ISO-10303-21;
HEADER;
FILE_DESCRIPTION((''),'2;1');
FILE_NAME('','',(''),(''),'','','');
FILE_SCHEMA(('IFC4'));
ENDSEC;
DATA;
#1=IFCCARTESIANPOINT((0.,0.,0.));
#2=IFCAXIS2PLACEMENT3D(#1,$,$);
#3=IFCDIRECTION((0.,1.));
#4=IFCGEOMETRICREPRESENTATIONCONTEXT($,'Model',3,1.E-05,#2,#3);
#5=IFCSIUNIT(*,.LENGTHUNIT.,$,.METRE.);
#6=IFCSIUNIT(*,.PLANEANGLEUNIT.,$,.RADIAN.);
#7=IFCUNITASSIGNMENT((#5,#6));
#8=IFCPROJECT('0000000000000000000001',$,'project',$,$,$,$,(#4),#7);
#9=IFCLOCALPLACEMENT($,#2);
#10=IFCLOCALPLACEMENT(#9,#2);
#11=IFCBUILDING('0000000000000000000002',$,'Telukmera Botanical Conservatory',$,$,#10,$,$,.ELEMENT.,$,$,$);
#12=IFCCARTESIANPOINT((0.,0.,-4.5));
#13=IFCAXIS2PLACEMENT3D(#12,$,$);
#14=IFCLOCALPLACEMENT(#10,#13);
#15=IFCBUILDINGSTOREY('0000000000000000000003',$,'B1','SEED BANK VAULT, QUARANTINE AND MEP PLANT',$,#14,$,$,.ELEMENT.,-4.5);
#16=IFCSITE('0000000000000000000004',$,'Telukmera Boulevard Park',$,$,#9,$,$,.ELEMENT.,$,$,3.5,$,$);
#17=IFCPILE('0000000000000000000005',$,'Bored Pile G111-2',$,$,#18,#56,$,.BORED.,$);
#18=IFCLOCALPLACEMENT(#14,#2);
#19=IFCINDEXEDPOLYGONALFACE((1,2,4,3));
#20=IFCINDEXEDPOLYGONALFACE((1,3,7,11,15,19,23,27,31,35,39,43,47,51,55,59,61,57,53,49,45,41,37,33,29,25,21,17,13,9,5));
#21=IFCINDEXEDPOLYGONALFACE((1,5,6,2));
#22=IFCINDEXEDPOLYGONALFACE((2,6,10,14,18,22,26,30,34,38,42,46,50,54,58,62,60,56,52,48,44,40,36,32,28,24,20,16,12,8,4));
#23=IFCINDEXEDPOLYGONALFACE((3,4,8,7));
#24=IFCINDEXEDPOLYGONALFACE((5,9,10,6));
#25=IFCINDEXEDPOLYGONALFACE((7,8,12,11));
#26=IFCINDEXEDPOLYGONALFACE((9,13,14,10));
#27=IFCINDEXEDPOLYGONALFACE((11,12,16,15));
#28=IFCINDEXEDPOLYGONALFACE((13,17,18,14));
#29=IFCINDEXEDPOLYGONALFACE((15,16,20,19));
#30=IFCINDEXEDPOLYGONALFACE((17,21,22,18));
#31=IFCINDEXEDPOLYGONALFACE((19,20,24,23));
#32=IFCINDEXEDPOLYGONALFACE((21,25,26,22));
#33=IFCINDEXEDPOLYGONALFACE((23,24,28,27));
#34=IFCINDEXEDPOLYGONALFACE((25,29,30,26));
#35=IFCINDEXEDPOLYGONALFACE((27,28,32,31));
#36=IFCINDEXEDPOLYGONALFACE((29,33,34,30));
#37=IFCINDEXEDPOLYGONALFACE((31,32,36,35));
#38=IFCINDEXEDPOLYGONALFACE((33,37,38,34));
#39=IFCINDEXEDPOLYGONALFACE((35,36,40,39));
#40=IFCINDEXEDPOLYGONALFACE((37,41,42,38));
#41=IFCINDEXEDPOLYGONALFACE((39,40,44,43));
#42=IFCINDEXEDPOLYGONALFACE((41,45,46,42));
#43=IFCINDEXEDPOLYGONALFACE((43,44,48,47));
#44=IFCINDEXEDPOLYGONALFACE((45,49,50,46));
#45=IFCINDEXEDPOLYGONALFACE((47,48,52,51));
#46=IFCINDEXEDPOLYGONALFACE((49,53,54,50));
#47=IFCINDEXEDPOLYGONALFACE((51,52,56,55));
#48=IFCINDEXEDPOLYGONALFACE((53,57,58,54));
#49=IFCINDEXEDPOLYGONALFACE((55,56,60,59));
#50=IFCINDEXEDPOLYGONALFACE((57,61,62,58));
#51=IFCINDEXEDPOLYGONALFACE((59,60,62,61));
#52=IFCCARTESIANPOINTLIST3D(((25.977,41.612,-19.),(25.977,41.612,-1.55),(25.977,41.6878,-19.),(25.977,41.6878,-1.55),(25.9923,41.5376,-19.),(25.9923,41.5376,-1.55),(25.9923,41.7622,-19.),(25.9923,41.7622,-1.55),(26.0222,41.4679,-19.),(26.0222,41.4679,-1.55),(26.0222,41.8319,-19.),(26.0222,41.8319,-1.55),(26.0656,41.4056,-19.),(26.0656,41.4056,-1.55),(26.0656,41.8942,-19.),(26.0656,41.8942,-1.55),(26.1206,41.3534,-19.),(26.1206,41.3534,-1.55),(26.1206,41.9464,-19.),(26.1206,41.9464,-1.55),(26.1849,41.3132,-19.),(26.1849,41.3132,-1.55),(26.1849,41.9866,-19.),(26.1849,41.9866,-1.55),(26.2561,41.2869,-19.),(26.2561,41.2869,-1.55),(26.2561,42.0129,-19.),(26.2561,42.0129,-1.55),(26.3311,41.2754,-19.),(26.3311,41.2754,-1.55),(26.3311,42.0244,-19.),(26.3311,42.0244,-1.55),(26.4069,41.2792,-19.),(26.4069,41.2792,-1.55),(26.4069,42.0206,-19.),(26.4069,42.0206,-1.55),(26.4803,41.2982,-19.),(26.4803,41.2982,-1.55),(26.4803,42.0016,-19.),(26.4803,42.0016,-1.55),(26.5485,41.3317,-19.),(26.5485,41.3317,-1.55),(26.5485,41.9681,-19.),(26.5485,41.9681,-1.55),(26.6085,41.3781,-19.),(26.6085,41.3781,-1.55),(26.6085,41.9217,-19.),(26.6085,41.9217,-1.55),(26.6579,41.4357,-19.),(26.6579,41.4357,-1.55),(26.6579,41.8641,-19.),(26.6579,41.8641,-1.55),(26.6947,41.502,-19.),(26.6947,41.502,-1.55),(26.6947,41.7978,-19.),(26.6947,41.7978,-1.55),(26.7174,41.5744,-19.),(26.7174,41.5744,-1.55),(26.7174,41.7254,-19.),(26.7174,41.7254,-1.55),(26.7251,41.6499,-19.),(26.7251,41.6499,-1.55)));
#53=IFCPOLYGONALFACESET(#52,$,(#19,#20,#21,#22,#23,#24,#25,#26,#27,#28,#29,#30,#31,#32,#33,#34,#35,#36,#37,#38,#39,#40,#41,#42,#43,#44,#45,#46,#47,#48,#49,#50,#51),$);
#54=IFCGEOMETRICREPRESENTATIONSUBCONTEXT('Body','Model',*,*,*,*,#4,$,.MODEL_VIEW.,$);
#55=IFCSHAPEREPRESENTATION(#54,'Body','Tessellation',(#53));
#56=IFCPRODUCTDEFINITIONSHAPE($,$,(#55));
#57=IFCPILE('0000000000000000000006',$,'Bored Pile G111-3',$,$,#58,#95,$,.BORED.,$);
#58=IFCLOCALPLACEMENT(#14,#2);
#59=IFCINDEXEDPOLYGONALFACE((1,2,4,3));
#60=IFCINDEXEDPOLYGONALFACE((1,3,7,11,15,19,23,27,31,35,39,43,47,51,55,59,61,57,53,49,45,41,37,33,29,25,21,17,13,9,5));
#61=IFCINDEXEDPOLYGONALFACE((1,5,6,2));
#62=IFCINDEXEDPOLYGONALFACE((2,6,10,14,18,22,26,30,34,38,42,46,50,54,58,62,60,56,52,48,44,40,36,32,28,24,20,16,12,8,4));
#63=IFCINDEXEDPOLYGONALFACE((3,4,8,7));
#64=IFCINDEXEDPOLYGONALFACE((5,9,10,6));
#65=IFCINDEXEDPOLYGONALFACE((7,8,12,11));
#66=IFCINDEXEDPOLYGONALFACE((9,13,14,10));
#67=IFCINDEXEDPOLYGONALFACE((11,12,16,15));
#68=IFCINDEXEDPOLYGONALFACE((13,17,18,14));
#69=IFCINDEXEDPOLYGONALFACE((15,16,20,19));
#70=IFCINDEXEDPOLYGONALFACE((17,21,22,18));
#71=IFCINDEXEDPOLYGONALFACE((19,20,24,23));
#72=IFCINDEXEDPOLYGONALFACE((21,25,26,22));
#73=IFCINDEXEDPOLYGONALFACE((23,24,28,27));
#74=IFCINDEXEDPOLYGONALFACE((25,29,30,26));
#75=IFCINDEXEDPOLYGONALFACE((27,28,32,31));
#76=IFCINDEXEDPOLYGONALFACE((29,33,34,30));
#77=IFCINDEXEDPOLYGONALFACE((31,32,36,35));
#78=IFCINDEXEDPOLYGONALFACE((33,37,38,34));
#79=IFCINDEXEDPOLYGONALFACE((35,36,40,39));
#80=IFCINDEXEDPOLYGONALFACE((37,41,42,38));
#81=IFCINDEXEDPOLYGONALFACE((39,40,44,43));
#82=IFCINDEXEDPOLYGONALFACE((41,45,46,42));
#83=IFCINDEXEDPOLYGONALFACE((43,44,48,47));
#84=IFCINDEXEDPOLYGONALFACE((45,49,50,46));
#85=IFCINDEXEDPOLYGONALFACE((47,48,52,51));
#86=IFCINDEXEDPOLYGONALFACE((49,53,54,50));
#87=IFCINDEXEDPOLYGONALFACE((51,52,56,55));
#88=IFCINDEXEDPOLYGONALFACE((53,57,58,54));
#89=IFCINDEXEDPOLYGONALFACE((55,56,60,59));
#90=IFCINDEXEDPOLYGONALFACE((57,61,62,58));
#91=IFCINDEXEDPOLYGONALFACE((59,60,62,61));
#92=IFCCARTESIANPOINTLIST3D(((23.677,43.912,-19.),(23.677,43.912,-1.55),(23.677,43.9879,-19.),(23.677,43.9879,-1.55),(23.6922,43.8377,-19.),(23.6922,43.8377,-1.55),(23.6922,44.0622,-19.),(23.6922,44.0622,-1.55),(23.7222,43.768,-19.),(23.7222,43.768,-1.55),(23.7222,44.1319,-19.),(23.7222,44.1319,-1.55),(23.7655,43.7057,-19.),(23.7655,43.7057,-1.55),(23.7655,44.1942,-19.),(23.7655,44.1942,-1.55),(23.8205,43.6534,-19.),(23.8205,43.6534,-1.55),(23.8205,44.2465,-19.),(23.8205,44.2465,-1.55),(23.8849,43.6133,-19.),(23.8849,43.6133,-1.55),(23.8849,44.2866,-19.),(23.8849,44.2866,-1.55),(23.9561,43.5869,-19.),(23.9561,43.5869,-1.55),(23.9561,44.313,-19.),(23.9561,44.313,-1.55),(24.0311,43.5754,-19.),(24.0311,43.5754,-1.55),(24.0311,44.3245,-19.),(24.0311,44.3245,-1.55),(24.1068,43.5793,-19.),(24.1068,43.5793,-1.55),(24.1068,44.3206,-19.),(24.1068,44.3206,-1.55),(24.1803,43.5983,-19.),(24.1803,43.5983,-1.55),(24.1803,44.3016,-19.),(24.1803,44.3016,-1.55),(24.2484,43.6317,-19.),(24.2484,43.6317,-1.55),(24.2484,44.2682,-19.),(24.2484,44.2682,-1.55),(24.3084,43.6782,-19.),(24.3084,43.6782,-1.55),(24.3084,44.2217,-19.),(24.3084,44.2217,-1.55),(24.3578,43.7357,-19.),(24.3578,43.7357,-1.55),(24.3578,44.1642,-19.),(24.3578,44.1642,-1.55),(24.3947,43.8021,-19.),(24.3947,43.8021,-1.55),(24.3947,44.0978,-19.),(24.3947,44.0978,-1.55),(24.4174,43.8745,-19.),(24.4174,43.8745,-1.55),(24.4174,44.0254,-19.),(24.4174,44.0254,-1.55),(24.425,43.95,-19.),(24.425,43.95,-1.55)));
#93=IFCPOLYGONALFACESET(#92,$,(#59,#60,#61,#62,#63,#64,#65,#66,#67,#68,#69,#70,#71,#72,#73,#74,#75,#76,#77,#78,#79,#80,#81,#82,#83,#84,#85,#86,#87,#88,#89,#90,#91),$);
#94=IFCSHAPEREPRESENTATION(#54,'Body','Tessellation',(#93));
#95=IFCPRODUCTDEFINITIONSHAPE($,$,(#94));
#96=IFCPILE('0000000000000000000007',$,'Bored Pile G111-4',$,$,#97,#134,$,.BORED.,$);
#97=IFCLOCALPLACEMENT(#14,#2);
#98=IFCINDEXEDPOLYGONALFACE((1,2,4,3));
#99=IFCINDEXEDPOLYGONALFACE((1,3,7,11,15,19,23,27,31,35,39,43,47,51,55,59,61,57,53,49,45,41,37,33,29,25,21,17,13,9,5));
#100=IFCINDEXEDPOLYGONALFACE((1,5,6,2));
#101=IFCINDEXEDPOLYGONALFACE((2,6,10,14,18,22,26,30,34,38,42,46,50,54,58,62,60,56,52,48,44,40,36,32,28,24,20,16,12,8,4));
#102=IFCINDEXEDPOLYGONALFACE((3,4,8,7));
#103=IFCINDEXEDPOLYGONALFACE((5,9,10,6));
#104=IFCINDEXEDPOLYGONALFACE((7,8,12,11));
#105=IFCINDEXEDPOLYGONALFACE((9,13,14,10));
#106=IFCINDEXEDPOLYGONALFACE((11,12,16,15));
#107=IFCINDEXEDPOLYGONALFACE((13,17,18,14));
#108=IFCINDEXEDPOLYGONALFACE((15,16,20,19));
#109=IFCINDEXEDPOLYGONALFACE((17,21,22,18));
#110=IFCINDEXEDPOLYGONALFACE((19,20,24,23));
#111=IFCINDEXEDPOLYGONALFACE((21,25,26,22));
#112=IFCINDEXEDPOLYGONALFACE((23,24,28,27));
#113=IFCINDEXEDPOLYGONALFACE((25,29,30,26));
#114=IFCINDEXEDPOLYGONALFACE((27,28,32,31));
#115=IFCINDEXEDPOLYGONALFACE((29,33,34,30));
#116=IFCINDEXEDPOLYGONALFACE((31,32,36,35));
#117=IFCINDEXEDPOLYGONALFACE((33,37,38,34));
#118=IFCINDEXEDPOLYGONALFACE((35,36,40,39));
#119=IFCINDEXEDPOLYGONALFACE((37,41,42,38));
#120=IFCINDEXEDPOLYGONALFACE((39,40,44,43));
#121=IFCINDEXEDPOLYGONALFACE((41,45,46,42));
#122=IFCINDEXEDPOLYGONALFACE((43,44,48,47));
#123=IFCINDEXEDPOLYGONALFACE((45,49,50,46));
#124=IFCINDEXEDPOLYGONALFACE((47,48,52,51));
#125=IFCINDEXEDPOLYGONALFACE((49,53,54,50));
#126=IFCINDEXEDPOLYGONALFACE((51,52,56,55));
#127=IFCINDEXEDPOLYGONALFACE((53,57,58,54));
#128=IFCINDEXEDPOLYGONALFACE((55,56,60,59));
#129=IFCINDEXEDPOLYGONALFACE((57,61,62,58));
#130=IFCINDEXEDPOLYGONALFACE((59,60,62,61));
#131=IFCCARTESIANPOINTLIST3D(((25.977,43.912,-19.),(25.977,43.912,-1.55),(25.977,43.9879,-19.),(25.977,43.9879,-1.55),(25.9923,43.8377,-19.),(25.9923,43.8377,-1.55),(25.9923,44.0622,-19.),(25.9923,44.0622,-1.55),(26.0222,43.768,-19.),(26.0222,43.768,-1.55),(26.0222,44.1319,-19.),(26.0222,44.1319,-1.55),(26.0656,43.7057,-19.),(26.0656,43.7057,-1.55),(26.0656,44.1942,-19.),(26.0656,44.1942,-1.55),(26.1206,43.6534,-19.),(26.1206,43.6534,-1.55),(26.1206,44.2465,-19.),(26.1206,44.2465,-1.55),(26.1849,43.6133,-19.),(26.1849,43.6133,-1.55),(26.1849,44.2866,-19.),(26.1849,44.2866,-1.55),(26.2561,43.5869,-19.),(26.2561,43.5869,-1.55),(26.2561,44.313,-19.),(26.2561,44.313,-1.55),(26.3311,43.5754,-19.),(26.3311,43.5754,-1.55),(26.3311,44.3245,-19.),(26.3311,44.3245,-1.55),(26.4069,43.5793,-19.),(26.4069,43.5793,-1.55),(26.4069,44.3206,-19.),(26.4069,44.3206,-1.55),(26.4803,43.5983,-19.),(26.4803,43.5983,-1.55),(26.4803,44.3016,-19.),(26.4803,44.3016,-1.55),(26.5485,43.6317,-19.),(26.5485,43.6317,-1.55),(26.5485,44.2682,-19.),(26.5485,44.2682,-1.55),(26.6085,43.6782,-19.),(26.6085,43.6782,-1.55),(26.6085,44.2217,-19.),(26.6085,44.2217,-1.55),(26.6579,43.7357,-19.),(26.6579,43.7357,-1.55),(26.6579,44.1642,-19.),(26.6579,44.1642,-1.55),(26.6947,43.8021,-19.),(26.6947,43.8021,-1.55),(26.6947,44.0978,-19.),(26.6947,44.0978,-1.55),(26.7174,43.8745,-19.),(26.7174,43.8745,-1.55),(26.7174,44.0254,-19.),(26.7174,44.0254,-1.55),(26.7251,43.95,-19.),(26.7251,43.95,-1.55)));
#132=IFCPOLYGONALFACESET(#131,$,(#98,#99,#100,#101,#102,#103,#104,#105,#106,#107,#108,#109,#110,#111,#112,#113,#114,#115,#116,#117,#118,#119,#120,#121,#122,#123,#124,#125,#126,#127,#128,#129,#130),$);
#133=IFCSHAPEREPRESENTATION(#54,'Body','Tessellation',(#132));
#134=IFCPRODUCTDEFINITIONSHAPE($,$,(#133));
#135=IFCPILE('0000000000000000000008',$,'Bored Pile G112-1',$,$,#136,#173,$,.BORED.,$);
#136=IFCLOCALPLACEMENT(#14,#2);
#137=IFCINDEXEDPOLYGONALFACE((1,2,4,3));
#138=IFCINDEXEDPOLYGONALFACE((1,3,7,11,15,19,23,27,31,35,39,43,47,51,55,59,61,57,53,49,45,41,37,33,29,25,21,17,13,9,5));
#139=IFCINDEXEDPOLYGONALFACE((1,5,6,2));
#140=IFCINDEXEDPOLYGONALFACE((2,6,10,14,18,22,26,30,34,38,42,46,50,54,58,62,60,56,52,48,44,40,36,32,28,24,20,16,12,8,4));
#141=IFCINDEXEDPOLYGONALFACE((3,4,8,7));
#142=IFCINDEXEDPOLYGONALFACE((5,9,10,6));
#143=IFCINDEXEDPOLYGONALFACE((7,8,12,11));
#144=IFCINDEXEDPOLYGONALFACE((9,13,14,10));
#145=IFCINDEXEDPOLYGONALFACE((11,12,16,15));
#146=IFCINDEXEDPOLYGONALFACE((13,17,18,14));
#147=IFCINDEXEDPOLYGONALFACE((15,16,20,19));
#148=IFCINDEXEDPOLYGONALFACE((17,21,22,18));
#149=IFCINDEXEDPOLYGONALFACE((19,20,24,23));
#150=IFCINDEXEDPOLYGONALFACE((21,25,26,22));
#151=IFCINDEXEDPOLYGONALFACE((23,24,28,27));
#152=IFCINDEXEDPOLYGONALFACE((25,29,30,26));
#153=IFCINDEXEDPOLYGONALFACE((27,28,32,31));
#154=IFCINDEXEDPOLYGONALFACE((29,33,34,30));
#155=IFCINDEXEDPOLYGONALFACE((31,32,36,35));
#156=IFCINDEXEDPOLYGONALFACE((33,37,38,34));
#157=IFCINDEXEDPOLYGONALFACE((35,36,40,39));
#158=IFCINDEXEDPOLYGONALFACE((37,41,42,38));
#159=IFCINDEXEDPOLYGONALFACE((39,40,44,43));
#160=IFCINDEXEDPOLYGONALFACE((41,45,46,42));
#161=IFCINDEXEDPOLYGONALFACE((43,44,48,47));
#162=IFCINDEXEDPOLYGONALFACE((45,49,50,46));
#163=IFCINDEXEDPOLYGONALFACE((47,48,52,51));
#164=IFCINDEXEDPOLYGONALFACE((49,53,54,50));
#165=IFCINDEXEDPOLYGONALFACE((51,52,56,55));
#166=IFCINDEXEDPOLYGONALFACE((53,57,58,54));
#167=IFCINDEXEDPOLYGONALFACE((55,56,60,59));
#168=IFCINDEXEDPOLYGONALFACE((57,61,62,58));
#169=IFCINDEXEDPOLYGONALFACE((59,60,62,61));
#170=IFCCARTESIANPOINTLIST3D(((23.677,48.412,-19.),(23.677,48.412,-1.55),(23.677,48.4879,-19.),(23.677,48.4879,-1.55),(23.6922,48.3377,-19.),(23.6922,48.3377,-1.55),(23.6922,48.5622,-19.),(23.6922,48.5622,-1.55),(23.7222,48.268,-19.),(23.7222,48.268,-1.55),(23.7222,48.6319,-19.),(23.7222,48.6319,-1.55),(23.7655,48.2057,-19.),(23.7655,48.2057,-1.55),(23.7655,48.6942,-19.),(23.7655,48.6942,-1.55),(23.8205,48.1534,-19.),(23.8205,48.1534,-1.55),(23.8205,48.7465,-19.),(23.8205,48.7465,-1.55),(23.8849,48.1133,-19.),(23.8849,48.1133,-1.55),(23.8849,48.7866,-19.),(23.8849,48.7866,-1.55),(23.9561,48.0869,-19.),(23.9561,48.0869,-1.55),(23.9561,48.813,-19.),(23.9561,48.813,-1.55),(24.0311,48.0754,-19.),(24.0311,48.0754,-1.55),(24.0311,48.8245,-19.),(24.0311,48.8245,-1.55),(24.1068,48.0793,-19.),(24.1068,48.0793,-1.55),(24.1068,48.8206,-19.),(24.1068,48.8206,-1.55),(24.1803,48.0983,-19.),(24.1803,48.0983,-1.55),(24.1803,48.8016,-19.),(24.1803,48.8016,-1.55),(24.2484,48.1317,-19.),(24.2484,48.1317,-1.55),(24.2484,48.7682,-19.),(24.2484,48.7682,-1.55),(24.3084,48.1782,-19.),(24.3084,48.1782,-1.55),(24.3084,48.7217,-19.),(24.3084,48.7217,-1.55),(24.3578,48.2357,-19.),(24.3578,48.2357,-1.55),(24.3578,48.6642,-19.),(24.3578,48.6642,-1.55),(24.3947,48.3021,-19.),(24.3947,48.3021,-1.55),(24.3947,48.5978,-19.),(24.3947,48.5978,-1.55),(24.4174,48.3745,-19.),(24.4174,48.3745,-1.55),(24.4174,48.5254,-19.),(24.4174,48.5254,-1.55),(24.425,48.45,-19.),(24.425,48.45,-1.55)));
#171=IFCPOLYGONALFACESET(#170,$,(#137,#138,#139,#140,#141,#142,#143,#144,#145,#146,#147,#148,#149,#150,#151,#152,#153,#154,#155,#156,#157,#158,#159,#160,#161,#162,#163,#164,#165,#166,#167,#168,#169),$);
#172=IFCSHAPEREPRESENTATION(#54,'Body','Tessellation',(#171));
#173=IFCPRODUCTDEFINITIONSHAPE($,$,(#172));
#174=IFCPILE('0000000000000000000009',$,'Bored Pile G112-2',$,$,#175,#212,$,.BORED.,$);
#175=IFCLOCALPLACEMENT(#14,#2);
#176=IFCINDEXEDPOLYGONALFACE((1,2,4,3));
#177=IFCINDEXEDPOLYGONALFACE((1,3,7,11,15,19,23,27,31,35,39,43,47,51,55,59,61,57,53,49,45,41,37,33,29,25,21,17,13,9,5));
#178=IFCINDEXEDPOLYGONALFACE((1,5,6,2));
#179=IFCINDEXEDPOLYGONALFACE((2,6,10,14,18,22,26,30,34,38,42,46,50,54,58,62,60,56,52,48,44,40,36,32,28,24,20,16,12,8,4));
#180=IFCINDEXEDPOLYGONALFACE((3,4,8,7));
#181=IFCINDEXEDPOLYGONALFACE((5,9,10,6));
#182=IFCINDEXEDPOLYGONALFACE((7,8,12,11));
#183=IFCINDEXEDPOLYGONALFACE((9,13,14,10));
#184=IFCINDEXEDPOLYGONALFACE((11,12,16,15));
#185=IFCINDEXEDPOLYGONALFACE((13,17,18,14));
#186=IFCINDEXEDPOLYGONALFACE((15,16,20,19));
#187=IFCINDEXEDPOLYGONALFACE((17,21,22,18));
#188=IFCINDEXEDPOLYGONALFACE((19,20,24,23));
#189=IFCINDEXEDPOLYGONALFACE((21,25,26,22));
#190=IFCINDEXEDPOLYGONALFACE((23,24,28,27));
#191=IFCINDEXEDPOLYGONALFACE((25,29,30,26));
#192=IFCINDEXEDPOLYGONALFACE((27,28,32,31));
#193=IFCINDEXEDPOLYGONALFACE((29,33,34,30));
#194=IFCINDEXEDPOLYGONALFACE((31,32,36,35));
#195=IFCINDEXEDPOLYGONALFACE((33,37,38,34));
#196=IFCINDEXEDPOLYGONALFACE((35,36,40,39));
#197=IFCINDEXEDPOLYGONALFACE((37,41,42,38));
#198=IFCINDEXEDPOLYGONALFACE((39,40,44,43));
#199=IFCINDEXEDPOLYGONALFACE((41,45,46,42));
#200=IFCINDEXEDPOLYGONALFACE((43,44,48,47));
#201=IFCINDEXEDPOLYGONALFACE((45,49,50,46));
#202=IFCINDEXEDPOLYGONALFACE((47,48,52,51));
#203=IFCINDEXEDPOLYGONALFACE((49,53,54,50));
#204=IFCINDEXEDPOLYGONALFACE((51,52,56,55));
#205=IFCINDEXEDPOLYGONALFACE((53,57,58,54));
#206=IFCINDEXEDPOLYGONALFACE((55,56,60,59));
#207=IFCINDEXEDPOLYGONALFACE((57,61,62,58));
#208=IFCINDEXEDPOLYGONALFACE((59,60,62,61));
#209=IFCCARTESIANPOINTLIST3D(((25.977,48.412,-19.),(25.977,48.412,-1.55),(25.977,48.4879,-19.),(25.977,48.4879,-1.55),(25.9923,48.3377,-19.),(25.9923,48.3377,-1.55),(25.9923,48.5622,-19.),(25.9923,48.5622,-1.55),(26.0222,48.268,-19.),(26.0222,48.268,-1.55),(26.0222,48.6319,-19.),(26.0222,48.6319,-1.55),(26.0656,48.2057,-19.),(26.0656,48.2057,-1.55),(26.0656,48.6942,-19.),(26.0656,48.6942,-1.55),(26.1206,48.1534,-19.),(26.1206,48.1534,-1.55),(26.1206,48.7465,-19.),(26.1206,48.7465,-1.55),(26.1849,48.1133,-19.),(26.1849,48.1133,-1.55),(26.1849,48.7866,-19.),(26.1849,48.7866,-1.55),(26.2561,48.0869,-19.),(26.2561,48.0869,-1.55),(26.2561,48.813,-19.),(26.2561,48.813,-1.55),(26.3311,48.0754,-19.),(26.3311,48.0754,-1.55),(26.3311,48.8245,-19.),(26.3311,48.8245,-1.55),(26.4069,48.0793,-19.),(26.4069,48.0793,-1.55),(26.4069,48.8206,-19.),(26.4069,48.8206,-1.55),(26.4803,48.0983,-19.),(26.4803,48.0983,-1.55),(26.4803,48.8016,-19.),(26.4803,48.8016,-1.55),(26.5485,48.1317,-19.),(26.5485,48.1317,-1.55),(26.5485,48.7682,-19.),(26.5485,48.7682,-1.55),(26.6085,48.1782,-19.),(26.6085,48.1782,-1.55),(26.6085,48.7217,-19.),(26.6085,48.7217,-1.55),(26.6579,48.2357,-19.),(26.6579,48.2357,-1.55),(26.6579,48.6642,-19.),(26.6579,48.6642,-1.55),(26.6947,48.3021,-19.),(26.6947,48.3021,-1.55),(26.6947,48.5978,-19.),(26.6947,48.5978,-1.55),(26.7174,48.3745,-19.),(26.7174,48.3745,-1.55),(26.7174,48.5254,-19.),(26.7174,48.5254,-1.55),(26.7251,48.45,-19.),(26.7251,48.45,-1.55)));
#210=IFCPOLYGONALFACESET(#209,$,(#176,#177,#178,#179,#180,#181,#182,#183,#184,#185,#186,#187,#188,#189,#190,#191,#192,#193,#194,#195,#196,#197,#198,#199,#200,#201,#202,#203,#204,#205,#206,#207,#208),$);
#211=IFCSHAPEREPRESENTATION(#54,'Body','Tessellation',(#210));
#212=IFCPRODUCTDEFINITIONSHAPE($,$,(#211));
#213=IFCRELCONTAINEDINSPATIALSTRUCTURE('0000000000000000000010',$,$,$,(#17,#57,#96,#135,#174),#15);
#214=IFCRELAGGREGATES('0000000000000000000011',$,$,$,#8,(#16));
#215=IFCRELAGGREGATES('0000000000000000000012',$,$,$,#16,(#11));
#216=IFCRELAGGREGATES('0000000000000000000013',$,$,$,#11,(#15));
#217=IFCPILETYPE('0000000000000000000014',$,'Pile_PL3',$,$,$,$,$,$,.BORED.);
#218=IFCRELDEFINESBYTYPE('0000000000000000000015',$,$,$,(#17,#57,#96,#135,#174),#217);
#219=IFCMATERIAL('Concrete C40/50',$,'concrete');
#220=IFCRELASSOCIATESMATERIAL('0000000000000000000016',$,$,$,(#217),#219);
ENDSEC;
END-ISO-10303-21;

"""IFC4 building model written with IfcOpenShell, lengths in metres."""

from ifc_helpers import new_model, si_unit, direction, frame, origin, origin_2d, place, context, subcontext, project, spatial, circle, extrude, material, material_profile, profile_set, type_object, element, save


model = new_model("IFC4")

# Units and contexts
model_context = context("Model", 3, precision=1e-05, world=origin(), true_north=direction((0.0, 1.0)))
body_context = subcontext(model_context, "Body", "Model", "MODEL_VIEW")
ifc_project = project(units=[si_unit("LENGTHUNIT", "METRE"), si_unit("PLANEANGLEUNIT", "RADIAN")], contexts=[model_context])

# Site, building, storey
site_placement = place(None, origin())
site = spatial("IfcSite", under=ifc_project, at=site_placement, Name="Telukmera Boulevard Park", CompositionType="ELEMENT", RefElevation=3.5)
building_placement = place(site_placement, origin())
building = spatial("IfcBuilding", under=site, at=building_placement, Name="Telukmera Botanical Conservatory", CompositionType="ELEMENT")
storey_placement = place(building_placement, frame((0.0, 0.0, -4.5)))
storey = spatial("IfcBuildingStorey", under=building, at=storey_placement, Name="B1", Description="SEED BANK VAULT, QUARANTINE AND MEP PLANT", CompositionType="ELEMENT", Elevation=-4.5)

# Shared definitions
ifc_material_1 = material(Name="Concrete C40/50", Category="concrete")

# Piles
ifc_material_profile_1 = material_profile(ifc_material_1, circle(Radius=0.375, at=origin_2d()), Name="PILE D750")
ifc_profile_set_1 = profile_set([ifc_material_profile_1], Name="Concrete C40/50")
pile_type = type_object("IfcPileType", Name="Pile_PL3", PredefinedType="BORED", material=ifc_profile_set_1)
for number, where, z_axis, x_axis, name in (
    (1, (26.3501, 41.6499, -1.55), (0.0, 0.0, -1.0), (1.0, 0.0, 0.0), "Bored Pile G111-2"),
    (2, (24.05, 43.95, -1.55), (0.0, 0.0, -1.0), (1.0, 0.0, 0.0), "Bored Pile G111-3"),
    (3, (26.3501, 43.95, -1.55), (0.0, 0.0, -1.0), (1.0, 0.0, 0.0), "Bored Pile G111-4"),
    (4, (24.05, 48.45, -1.55), (0.0, 0.0, -1.0), (1.0, 0.0, 0.0), "Bored Pile G112-1"),
    (5, (26.3501, 48.45, -1.55), (0.0, 0.0, -1.0), (1.0, 0.0, 0.0), "Bored Pile G112-2"),
):
    element("IfcPile", number, at=place(storey_placement, frame(where, z_axis=z_axis, x_axis=x_axis)), inside=storey, type_object=pile_type, Name=name, PredefinedType="BORED", context=body_context, shape_type="SweptSolid", body=[
        extrude(circle(Radius=0.375, at=origin_2d()), origin(), (0.0, 0.0, 1.0), 17.45),
    ])

save(model, "model.ifc")
